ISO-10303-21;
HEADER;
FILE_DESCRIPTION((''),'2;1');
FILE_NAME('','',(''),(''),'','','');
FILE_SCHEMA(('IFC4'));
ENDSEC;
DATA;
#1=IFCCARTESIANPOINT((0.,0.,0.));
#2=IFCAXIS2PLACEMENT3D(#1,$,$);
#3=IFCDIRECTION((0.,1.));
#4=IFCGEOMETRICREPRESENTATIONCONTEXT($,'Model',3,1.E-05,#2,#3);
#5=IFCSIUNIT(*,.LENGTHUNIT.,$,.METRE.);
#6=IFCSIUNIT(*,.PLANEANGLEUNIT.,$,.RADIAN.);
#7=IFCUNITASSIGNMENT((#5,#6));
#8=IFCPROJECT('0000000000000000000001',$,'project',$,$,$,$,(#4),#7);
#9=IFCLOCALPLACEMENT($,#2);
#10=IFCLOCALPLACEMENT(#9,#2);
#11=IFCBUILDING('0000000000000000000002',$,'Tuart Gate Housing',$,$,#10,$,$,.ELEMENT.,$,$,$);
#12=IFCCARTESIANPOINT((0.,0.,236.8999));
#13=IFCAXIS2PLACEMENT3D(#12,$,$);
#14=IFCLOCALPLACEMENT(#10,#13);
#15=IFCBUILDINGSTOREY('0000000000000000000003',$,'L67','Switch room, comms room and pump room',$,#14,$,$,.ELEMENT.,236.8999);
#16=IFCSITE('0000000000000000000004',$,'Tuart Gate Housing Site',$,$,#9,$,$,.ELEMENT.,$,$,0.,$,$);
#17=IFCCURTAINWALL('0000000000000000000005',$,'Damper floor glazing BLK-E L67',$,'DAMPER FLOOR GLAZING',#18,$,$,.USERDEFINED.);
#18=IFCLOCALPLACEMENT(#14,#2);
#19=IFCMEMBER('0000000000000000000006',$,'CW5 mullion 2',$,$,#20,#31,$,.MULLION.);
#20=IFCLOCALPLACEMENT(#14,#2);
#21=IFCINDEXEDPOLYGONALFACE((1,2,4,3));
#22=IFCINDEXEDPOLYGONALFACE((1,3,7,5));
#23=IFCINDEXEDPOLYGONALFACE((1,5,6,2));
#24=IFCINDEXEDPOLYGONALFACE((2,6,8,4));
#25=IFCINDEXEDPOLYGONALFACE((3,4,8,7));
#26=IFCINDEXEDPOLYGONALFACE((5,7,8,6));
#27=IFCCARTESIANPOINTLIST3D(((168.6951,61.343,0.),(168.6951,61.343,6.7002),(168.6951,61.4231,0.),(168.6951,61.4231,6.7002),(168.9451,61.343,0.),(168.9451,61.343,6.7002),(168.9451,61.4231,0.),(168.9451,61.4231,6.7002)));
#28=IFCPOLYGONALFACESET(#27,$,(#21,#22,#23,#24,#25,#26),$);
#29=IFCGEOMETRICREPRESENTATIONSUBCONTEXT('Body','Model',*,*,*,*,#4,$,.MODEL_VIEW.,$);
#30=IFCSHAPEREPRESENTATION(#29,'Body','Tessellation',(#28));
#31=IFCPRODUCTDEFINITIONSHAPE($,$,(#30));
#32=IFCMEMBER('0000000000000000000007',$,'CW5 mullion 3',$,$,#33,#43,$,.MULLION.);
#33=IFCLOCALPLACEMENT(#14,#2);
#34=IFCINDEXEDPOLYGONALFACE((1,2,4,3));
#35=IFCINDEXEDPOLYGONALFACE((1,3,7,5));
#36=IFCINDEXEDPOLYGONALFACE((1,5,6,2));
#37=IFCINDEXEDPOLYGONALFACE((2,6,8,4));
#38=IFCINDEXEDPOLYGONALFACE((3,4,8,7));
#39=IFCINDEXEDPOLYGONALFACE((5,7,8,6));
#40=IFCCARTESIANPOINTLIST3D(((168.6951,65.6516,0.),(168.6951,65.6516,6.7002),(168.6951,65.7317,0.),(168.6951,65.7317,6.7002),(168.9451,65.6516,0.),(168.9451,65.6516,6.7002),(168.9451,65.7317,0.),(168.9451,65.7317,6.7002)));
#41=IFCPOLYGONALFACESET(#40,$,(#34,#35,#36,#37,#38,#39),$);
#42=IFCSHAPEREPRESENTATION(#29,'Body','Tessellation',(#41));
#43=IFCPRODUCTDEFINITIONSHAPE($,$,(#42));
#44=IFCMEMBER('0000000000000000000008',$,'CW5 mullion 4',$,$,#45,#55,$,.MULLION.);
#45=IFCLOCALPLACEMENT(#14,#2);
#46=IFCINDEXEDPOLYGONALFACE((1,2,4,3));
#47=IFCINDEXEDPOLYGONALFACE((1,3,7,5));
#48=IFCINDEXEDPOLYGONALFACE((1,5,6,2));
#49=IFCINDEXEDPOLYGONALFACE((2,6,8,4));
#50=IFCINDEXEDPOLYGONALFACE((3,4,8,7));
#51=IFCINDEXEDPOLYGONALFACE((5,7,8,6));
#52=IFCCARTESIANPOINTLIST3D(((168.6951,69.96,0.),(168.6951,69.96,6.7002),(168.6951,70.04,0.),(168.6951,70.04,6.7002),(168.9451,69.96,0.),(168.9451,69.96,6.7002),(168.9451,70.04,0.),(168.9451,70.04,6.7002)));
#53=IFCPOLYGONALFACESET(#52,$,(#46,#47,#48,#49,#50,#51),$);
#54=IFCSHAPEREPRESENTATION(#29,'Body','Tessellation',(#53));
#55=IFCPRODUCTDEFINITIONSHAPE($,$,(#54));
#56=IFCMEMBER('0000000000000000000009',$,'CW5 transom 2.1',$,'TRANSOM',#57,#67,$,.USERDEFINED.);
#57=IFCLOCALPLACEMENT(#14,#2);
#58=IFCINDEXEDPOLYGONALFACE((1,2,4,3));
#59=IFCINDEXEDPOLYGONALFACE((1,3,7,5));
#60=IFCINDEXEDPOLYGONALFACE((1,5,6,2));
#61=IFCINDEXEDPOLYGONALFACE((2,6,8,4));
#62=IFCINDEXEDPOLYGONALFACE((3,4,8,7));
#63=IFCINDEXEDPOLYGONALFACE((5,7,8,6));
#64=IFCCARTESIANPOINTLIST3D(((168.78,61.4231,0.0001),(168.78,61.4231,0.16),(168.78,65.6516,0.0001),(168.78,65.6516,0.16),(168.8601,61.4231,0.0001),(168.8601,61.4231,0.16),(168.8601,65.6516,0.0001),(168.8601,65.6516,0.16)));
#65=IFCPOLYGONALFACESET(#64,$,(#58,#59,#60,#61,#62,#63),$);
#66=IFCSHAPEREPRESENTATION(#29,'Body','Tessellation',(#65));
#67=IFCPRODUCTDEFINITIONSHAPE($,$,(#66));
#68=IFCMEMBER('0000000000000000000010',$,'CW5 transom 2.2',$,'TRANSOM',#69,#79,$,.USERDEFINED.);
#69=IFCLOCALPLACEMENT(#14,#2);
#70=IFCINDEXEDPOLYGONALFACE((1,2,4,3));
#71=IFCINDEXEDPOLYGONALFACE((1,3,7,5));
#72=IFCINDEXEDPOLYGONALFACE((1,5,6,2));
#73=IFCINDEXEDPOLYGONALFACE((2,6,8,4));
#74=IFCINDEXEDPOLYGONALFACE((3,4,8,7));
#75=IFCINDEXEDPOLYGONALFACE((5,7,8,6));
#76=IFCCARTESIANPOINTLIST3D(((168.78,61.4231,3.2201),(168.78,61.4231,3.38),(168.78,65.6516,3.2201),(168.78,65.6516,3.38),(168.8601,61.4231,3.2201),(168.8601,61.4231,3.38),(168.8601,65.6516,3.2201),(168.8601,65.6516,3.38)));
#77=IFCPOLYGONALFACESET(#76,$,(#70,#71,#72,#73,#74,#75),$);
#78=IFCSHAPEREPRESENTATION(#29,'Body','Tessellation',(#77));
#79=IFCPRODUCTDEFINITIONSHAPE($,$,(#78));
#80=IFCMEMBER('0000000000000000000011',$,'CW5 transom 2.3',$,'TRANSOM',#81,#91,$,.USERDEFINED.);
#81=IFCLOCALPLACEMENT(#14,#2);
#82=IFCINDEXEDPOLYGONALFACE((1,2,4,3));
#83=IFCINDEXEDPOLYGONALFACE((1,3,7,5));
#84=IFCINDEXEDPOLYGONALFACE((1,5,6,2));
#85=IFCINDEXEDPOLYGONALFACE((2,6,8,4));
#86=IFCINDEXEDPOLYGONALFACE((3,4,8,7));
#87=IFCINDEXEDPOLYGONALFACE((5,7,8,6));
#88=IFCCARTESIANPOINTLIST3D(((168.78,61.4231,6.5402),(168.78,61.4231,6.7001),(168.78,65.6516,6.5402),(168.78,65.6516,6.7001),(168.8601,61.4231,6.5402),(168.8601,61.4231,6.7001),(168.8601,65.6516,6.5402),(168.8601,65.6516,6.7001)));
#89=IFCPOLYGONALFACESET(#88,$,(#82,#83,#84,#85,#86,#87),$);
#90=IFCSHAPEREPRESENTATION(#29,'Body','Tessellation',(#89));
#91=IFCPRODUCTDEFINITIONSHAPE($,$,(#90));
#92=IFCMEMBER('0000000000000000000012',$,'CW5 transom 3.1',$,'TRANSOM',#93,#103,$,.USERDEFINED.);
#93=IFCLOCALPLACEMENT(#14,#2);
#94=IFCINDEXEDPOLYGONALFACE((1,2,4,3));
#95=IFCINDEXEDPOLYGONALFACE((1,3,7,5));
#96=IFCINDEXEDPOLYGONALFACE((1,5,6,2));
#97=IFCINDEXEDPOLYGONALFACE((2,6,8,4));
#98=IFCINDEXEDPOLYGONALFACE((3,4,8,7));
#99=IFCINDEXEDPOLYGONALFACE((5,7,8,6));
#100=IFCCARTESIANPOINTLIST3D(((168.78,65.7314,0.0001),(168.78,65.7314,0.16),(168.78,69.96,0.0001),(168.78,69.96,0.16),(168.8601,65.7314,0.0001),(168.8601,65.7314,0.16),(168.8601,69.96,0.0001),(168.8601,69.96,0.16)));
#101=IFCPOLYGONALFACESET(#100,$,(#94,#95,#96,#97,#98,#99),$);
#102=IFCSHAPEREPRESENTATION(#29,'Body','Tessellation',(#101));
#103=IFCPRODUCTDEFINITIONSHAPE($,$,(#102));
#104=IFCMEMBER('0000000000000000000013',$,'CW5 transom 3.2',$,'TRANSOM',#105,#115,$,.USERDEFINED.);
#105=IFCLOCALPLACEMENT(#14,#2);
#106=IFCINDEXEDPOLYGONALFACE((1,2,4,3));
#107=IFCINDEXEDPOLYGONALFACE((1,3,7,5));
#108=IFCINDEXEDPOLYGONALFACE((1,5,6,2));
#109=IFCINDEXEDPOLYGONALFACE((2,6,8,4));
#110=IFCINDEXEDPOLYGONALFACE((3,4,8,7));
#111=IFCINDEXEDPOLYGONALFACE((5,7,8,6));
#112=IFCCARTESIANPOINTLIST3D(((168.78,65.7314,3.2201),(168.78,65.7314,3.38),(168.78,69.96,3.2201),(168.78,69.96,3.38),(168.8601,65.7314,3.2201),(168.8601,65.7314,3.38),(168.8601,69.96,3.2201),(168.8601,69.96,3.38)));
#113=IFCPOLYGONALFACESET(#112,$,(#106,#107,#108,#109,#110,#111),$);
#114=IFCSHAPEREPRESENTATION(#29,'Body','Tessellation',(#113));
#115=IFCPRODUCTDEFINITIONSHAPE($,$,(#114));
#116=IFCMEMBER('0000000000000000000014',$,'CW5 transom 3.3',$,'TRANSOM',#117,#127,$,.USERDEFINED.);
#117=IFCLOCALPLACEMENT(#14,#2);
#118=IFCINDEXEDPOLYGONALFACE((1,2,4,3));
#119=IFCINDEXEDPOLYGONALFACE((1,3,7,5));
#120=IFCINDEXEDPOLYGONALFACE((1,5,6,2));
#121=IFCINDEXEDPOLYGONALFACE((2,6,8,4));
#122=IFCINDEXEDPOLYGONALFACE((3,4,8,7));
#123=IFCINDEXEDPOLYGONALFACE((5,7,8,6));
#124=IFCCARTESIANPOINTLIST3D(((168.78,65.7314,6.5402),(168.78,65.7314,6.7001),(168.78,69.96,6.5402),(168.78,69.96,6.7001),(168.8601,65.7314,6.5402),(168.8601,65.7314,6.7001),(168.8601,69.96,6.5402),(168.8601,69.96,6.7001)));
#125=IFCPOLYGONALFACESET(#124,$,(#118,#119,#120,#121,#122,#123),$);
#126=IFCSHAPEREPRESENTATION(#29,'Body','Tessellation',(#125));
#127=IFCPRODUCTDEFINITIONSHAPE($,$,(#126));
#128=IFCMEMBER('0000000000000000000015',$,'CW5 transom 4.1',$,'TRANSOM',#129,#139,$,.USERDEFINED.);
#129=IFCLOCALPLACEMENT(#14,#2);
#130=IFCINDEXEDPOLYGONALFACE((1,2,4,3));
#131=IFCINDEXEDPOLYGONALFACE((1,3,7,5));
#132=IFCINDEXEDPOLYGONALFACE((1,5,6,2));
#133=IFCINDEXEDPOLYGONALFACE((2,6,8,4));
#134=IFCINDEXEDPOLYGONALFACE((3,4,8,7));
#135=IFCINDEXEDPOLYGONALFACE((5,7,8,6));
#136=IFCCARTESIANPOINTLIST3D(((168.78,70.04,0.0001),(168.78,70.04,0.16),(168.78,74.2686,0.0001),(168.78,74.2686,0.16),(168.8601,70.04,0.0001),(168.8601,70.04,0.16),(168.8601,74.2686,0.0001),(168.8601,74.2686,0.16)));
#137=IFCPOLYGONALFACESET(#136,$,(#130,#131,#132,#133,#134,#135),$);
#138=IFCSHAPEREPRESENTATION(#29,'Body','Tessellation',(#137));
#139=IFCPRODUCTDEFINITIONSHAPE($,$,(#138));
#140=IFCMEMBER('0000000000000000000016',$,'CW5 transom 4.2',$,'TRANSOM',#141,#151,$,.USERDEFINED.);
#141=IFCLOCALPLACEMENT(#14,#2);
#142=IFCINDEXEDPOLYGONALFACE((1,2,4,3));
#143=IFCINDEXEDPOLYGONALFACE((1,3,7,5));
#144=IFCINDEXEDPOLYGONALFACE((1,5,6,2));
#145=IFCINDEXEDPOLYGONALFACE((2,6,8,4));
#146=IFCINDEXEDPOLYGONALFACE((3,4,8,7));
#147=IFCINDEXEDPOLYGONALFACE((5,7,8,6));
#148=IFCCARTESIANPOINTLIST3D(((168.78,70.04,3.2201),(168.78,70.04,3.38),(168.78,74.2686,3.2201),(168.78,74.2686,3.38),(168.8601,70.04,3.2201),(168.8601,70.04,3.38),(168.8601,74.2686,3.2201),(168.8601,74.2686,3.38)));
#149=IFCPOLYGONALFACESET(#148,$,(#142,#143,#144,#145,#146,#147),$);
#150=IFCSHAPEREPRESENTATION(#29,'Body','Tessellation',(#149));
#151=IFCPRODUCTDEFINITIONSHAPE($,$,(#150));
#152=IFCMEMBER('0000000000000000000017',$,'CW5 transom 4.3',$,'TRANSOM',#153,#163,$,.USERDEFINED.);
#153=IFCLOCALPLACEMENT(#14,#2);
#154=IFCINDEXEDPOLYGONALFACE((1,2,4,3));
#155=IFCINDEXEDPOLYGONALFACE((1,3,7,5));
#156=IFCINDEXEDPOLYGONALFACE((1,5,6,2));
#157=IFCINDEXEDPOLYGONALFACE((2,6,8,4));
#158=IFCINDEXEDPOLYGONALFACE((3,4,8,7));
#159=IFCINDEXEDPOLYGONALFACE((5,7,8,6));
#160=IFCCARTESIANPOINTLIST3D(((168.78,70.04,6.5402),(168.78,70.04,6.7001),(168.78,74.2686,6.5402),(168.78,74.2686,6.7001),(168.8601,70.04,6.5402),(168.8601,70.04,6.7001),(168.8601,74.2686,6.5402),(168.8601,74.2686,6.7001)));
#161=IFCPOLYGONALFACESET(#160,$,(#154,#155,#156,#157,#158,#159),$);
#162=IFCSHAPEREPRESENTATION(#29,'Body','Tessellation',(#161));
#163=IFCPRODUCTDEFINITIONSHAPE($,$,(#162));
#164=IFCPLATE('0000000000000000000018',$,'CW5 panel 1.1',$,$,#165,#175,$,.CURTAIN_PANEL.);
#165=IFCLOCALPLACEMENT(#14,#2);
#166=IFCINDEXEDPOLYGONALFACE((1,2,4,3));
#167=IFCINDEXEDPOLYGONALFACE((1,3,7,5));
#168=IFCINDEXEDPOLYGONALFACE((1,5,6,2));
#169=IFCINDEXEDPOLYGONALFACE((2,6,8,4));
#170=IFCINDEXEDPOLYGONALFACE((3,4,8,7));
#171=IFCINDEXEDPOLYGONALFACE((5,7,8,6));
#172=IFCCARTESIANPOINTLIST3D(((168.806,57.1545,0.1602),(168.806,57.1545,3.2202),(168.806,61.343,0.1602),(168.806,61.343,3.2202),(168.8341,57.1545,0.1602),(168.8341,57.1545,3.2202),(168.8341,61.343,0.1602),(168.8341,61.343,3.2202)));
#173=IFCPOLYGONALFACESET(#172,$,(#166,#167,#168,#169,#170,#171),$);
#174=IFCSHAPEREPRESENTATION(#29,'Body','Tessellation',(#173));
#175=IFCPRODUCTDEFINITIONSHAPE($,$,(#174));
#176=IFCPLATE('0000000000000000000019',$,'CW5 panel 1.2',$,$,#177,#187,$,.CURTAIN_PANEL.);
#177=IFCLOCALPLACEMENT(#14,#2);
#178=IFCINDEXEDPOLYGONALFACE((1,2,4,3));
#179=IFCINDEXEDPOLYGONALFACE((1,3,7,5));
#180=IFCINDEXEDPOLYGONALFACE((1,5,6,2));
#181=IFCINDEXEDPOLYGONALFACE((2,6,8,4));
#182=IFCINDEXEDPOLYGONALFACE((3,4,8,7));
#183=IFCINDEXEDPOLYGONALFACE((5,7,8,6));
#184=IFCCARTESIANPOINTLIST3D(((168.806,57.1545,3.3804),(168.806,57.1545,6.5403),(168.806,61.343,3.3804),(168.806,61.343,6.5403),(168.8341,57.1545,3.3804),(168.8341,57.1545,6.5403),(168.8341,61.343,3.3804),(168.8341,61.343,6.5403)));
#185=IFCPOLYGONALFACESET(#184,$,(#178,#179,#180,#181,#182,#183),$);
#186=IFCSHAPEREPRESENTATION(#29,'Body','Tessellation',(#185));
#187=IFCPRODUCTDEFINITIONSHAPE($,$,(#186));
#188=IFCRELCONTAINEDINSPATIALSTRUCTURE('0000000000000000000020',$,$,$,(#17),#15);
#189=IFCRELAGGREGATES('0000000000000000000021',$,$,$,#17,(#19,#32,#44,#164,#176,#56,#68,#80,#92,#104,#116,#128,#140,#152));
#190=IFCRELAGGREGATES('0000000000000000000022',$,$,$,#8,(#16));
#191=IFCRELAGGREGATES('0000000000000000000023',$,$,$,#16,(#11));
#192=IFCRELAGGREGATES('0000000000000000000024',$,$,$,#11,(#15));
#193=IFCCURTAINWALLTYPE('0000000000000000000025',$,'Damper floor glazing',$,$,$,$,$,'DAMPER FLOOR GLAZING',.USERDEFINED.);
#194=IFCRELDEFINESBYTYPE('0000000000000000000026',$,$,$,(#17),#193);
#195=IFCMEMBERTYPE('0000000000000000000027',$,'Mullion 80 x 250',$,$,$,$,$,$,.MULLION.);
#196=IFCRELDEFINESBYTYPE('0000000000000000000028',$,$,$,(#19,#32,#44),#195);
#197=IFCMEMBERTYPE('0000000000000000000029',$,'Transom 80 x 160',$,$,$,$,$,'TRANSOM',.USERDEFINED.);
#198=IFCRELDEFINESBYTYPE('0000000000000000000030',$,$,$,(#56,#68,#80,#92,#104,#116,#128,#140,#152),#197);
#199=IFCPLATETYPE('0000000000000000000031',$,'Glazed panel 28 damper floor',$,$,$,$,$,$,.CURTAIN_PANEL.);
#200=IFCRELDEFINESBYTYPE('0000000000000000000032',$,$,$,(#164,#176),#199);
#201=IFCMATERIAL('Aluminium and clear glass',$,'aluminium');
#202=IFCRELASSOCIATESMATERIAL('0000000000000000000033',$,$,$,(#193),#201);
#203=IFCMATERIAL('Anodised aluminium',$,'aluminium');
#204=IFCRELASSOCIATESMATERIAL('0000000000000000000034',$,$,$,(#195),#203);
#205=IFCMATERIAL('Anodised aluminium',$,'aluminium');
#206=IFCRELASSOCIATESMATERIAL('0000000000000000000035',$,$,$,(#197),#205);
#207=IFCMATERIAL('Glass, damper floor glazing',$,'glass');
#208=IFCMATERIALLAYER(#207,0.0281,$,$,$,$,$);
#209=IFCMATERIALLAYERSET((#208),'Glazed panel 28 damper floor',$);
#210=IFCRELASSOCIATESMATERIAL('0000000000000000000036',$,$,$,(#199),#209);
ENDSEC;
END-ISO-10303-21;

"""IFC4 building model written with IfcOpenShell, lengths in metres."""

from ifc_helpers import new_model, si_unit, direction, frame, origin, origin_2d, place, context, subcontext, project, spatial, rectangle, extrude, material, layer, layer_set, material_profile, profile_set, type_object, element, aggregate, save


model = new_model("IFC4")

# Units and contexts
model_context = context("Model", 3, precision=1e-05, world=origin(), true_north=direction((0.0, 1.0)))
body_context = subcontext(model_context, "Body", "Model", "MODEL_VIEW")
ifc_project = project(units=[si_unit("LENGTHUNIT", "METRE"), si_unit("PLANEANGLEUNIT", "RADIAN")], contexts=[model_context])

# Site, building, storey
site_placement = place(None, origin())
site = spatial("IfcSite", under=ifc_project, at=site_placement, Name="Tuart Gate Housing Site", CompositionType="ELEMENT", RefElevation=0.0)
building_placement = place(site_placement, origin())
building = spatial("IfcBuilding", under=site, at=building_placement, Name="Tuart Gate Housing", CompositionType="ELEMENT")
storey_placement = place(building_placement, frame((0.0, 0.0, 236.8999)))
storey = spatial("IfcBuildingStorey", under=building, at=storey_placement, Name="L67", Description="Switch room, comms room and pump room", CompositionType="ELEMENT", Elevation=236.8999)

# Curtain wall, members, plates
ifc_material_1 = material(Name="Aluminium and clear glass", Category="aluminium")
curtain_wall_type = type_object("IfcCurtainWallType", Name="Damper floor glazing", ElementType="DAMPER FLOOR GLAZING", PredefinedType="USERDEFINED", material=ifc_material_1)
curtain_wall_placement = place(storey_placement, origin())
curtain_wall = element("IfcCurtainWall", 1, at=curtain_wall_placement, inside=storey, type_object=curtain_wall_type, Name="Damper floor glazing BLK-E L67", ObjectType="DAMPER FLOOR GLAZING", PredefinedType="USERDEFINED")
ifc_material_2 = material(Name="Anodised aluminium", Category="aluminium")
ifc_material_profile_1 = material_profile(ifc_material_2, rectangle(XDim=0.0801, YDim=0.25, at=origin_2d()), Name="80x250")
ifc_profile_set_1 = profile_set([ifc_material_profile_1], Name="Anodised aluminium")
member_type_1 = type_object("IfcMemberType", Name="Mullion 80 x 250", PredefinedType="MULLION", material=ifc_profile_set_1)
member_1_placement = place(storey_placement, frame((168.8201, 61.3831, 0.0), z_axis=(0.0, 0.0, 1.0), x_axis=(0.0, 1.0, 0.0)))
member_1 = element("IfcMember", 2, at=member_1_placement, type_object=member_type_1, Name="CW5 mullion 2", PredefinedType="MULLION", context=body_context, shape_type="SweptSolid", body=[
    extrude(rectangle(XDim=0.0801, YDim=0.25, at=origin_2d()), origin(), (0.0, 0.0, 1.0), 6.7002),
])
member_2_placement = place(storey_placement, frame((168.8201, 65.6917, 0.0), z_axis=(0.0, 0.0, 1.0), x_axis=(0.0, 1.0, 0.0)))
member_2 = element("IfcMember", 3, at=member_2_placement, type_object=member_type_1, Name="CW5 mullion 3", PredefinedType="MULLION", context=body_context, shape_type="SweptSolid", body=[
    extrude(rectangle(XDim=0.0801, YDim=0.25, at=origin_2d()), origin(), (0.0, 0.0, 1.0), 6.7002),
])
member_3_placement = place(storey_placement, frame((168.8201, 70.0, 0.0), z_axis=(0.0, 0.0, 1.0), x_axis=(0.0, 1.0, 0.0)))
member_3 = element("IfcMember", 4, at=member_3_placement, type_object=member_type_1, Name="CW5 mullion 4", PredefinedType="MULLION", context=body_context, shape_type="SweptSolid", body=[
    extrude(rectangle(XDim=0.0801, YDim=0.25, at=origin_2d()), origin(), (0.0, 0.0, 1.0), 6.7002),
])
ifc_material_3 = material(Name="Anodised aluminium", Category="aluminium")
ifc_material_profile_2 = material_profile(ifc_material_3, rectangle(XDim=0.0801, YDim=0.1599, at=origin_2d()), Name="80x160")
ifc_profile_set_2 = profile_set([ifc_material_profile_2], Name="Anodised aluminium")
member_type_2 = type_object("IfcMemberType", Name="Transom 80 x 160", ElementType="TRANSOM", PredefinedType="USERDEFINED", material=ifc_profile_set_2)
member_4_placement = place(storey_placement, frame((168.8201, 61.4231, 0.0801), z_axis=(0.0, 1.0, 0.0), x_axis=(-1.0, 0.0, 0.0)))
member_4 = element("IfcMember", 5, at=member_4_placement, type_object=member_type_2, Name="CW5 transom 2.1", ObjectType="TRANSOM", PredefinedType="USERDEFINED", context=body_context, shape_type="SweptSolid", body=[
    extrude(rectangle(XDim=0.0801, YDim=0.1599, at=origin_2d()), origin(), (0.0, 0.0, 1.0), 4.2285),
])
member_5_placement = place(storey_placement, frame((168.8201, 61.4231, 3.3), z_axis=(0.0, 1.0, 0.0), x_axis=(-1.0, 0.0, 0.0)))
member_5 = element("IfcMember", 6, at=member_5_placement, type_object=member_type_2, Name="CW5 transom 2.2", ObjectType="TRANSOM", PredefinedType="USERDEFINED", context=body_context, shape_type="SweptSolid", body=[
    extrude(rectangle(XDim=0.0801, YDim=0.1599, at=origin_2d()), origin(), (0.0, 0.0, 1.0), 4.2285),
])
member_6_placement = place(storey_placement, frame((168.8201, 61.4231, 6.6201), z_axis=(0.0, 1.0, 0.0), x_axis=(-1.0, 0.0, 0.0)))
member_6 = element("IfcMember", 7, at=member_6_placement, type_object=member_type_2, Name="CW5 transom 2.3", ObjectType="TRANSOM", PredefinedType="USERDEFINED", context=body_context, shape_type="SweptSolid", body=[
    extrude(rectangle(XDim=0.0801, YDim=0.1599, at=origin_2d()), origin(), (0.0, 0.0, 1.0), 4.2285),
])
member_7_placement = place(storey_placement, frame((168.8201, 65.7314, 0.0801), z_axis=(0.0, 1.0, 0.0), x_axis=(-1.0, 0.0, 0.0)))
member_7 = element("IfcMember", 8, at=member_7_placement, type_object=member_type_2, Name="CW5 transom 3.1", ObjectType="TRANSOM", PredefinedType="USERDEFINED", context=body_context, shape_type="SweptSolid", body=[
    extrude(rectangle(XDim=0.0801, YDim=0.1599, at=origin_2d()), origin(), (0.0, 0.0, 1.0), 4.2285),
])
member_8_placement = place(storey_placement, frame((168.8201, 65.7314, 3.3), z_axis=(0.0, 1.0, 0.0), x_axis=(-1.0, 0.0, 0.0)))
member_8 = element("IfcMember", 9, at=member_8_placement, type_object=member_type_2, Name="CW5 transom 3.2", ObjectType="TRANSOM", PredefinedType="USERDEFINED", context=body_context, shape_type="SweptSolid", body=[
    extrude(rectangle(XDim=0.0801, YDim=0.1599, at=origin_2d()), origin(), (0.0, 0.0, 1.0), 4.2285),
])
member_9_placement = place(storey_placement, frame((168.8201, 65.7314, 6.6201), z_axis=(0.0, 1.0, 0.0), x_axis=(-1.0, 0.0, 0.0)))
member_9 = element("IfcMember", 10, at=member_9_placement, type_object=member_type_2, Name="CW5 transom 3.3", ObjectType="TRANSOM", PredefinedType="USERDEFINED", context=body_context, shape_type="SweptSolid", body=[
    extrude(rectangle(XDim=0.0801, YDim=0.1599, at=origin_2d()), origin(), (0.0, 0.0, 1.0), 4.2285),
])
member_10_placement = place(storey_placement, frame((168.8201, 70.04, 0.0801), z_axis=(0.0, 1.0, 0.0), x_axis=(-1.0, 0.0, 0.0)))
member_10 = element("IfcMember", 11, at=member_10_placement, type_object=member_type_2, Name="CW5 transom 4.1", ObjectType="TRANSOM", PredefinedType="USERDEFINED", context=body_context, shape_type="SweptSolid", body=[
    extrude(rectangle(XDim=0.0801, YDim=0.1599, at=origin_2d()), origin(), (0.0, 0.0, 1.0), 4.2285),
])
member_11_placement = place(storey_placement, frame((168.8201, 70.04, 3.3), z_axis=(0.0, 1.0, 0.0), x_axis=(-1.0, 0.0, 0.0)))
member_11 = element("IfcMember", 12, at=member_11_placement, type_object=member_type_2, Name="CW5 transom 4.2", ObjectType="TRANSOM", PredefinedType="USERDEFINED", context=body_context, shape_type="SweptSolid", body=[
    extrude(rectangle(XDim=0.0801, YDim=0.1599, at=origin_2d()), origin(), (0.0, 0.0, 1.0), 4.2285),
])
member_12_placement = place(storey_placement, frame((168.8201, 70.04, 6.6201), z_axis=(0.0, 1.0, 0.0), x_axis=(-1.0, 0.0, 0.0)))
member_12 = element("IfcMember", 13, at=member_12_placement, type_object=member_type_2, Name="CW5 transom 4.3", ObjectType="TRANSOM", PredefinedType="USERDEFINED", context=body_context, shape_type="SweptSolid", body=[
    extrude(rectangle(XDim=0.0801, YDim=0.1599, at=origin_2d()), origin(), (0.0, 0.0, 1.0), 4.2285),
])
ifc_material_4 = material(Name="Glass, damper floor glazing", Category="glass")
ifc_layer_1 = layer(ifc_material_4, 0.0281)
ifc_layer_set_1 = layer_set([ifc_layer_1], Name="Glazed panel 28 damper floor")
plate_type = type_object("IfcPlateType", Name="Glazed panel 28 damper floor", PredefinedType="CURTAIN_PANEL", material=ifc_layer_set_1)
plate_1_placement = place(storey_placement, frame((168.8201, 59.2488, 0.1602), z_axis=(0.0, 0.0, 1.0), x_axis=(0.0, 1.0, 0.0)))
plate_1 = element("IfcPlate", 14, at=plate_1_placement, type_object=plate_type, Name="CW5 panel 1.1", PredefinedType="CURTAIN_PANEL", context=body_context, shape_type="SweptSolid", body=[
    extrude(rectangle(XDim=4.1885, YDim=0.0281, at=origin_2d()), origin(), (0.0, 0.0, 1.0), 3.0601),
])
plate_2_placement = place(storey_placement, frame((168.8201, 59.2488, 3.3804), z_axis=(0.0, 0.0, 1.0), x_axis=(0.0, 1.0, 0.0)))
plate_2 = element("IfcPlate", 15, at=plate_2_placement, type_object=plate_type, Name="CW5 panel 1.2", PredefinedType="CURTAIN_PANEL", context=body_context, shape_type="SweptSolid", body=[
    extrude(rectangle(XDim=4.1885, YDim=0.0281, at=origin_2d()), origin(), (0.0, 0.0, 1.0), 3.1599),
])
aggregate(curtain_wall, [member_1, member_2, member_3, plate_1, plate_2, member_4, member_5, member_6, member_7, member_8, member_9, member_10, member_11, member_12])

save(model, "model.ifc")
